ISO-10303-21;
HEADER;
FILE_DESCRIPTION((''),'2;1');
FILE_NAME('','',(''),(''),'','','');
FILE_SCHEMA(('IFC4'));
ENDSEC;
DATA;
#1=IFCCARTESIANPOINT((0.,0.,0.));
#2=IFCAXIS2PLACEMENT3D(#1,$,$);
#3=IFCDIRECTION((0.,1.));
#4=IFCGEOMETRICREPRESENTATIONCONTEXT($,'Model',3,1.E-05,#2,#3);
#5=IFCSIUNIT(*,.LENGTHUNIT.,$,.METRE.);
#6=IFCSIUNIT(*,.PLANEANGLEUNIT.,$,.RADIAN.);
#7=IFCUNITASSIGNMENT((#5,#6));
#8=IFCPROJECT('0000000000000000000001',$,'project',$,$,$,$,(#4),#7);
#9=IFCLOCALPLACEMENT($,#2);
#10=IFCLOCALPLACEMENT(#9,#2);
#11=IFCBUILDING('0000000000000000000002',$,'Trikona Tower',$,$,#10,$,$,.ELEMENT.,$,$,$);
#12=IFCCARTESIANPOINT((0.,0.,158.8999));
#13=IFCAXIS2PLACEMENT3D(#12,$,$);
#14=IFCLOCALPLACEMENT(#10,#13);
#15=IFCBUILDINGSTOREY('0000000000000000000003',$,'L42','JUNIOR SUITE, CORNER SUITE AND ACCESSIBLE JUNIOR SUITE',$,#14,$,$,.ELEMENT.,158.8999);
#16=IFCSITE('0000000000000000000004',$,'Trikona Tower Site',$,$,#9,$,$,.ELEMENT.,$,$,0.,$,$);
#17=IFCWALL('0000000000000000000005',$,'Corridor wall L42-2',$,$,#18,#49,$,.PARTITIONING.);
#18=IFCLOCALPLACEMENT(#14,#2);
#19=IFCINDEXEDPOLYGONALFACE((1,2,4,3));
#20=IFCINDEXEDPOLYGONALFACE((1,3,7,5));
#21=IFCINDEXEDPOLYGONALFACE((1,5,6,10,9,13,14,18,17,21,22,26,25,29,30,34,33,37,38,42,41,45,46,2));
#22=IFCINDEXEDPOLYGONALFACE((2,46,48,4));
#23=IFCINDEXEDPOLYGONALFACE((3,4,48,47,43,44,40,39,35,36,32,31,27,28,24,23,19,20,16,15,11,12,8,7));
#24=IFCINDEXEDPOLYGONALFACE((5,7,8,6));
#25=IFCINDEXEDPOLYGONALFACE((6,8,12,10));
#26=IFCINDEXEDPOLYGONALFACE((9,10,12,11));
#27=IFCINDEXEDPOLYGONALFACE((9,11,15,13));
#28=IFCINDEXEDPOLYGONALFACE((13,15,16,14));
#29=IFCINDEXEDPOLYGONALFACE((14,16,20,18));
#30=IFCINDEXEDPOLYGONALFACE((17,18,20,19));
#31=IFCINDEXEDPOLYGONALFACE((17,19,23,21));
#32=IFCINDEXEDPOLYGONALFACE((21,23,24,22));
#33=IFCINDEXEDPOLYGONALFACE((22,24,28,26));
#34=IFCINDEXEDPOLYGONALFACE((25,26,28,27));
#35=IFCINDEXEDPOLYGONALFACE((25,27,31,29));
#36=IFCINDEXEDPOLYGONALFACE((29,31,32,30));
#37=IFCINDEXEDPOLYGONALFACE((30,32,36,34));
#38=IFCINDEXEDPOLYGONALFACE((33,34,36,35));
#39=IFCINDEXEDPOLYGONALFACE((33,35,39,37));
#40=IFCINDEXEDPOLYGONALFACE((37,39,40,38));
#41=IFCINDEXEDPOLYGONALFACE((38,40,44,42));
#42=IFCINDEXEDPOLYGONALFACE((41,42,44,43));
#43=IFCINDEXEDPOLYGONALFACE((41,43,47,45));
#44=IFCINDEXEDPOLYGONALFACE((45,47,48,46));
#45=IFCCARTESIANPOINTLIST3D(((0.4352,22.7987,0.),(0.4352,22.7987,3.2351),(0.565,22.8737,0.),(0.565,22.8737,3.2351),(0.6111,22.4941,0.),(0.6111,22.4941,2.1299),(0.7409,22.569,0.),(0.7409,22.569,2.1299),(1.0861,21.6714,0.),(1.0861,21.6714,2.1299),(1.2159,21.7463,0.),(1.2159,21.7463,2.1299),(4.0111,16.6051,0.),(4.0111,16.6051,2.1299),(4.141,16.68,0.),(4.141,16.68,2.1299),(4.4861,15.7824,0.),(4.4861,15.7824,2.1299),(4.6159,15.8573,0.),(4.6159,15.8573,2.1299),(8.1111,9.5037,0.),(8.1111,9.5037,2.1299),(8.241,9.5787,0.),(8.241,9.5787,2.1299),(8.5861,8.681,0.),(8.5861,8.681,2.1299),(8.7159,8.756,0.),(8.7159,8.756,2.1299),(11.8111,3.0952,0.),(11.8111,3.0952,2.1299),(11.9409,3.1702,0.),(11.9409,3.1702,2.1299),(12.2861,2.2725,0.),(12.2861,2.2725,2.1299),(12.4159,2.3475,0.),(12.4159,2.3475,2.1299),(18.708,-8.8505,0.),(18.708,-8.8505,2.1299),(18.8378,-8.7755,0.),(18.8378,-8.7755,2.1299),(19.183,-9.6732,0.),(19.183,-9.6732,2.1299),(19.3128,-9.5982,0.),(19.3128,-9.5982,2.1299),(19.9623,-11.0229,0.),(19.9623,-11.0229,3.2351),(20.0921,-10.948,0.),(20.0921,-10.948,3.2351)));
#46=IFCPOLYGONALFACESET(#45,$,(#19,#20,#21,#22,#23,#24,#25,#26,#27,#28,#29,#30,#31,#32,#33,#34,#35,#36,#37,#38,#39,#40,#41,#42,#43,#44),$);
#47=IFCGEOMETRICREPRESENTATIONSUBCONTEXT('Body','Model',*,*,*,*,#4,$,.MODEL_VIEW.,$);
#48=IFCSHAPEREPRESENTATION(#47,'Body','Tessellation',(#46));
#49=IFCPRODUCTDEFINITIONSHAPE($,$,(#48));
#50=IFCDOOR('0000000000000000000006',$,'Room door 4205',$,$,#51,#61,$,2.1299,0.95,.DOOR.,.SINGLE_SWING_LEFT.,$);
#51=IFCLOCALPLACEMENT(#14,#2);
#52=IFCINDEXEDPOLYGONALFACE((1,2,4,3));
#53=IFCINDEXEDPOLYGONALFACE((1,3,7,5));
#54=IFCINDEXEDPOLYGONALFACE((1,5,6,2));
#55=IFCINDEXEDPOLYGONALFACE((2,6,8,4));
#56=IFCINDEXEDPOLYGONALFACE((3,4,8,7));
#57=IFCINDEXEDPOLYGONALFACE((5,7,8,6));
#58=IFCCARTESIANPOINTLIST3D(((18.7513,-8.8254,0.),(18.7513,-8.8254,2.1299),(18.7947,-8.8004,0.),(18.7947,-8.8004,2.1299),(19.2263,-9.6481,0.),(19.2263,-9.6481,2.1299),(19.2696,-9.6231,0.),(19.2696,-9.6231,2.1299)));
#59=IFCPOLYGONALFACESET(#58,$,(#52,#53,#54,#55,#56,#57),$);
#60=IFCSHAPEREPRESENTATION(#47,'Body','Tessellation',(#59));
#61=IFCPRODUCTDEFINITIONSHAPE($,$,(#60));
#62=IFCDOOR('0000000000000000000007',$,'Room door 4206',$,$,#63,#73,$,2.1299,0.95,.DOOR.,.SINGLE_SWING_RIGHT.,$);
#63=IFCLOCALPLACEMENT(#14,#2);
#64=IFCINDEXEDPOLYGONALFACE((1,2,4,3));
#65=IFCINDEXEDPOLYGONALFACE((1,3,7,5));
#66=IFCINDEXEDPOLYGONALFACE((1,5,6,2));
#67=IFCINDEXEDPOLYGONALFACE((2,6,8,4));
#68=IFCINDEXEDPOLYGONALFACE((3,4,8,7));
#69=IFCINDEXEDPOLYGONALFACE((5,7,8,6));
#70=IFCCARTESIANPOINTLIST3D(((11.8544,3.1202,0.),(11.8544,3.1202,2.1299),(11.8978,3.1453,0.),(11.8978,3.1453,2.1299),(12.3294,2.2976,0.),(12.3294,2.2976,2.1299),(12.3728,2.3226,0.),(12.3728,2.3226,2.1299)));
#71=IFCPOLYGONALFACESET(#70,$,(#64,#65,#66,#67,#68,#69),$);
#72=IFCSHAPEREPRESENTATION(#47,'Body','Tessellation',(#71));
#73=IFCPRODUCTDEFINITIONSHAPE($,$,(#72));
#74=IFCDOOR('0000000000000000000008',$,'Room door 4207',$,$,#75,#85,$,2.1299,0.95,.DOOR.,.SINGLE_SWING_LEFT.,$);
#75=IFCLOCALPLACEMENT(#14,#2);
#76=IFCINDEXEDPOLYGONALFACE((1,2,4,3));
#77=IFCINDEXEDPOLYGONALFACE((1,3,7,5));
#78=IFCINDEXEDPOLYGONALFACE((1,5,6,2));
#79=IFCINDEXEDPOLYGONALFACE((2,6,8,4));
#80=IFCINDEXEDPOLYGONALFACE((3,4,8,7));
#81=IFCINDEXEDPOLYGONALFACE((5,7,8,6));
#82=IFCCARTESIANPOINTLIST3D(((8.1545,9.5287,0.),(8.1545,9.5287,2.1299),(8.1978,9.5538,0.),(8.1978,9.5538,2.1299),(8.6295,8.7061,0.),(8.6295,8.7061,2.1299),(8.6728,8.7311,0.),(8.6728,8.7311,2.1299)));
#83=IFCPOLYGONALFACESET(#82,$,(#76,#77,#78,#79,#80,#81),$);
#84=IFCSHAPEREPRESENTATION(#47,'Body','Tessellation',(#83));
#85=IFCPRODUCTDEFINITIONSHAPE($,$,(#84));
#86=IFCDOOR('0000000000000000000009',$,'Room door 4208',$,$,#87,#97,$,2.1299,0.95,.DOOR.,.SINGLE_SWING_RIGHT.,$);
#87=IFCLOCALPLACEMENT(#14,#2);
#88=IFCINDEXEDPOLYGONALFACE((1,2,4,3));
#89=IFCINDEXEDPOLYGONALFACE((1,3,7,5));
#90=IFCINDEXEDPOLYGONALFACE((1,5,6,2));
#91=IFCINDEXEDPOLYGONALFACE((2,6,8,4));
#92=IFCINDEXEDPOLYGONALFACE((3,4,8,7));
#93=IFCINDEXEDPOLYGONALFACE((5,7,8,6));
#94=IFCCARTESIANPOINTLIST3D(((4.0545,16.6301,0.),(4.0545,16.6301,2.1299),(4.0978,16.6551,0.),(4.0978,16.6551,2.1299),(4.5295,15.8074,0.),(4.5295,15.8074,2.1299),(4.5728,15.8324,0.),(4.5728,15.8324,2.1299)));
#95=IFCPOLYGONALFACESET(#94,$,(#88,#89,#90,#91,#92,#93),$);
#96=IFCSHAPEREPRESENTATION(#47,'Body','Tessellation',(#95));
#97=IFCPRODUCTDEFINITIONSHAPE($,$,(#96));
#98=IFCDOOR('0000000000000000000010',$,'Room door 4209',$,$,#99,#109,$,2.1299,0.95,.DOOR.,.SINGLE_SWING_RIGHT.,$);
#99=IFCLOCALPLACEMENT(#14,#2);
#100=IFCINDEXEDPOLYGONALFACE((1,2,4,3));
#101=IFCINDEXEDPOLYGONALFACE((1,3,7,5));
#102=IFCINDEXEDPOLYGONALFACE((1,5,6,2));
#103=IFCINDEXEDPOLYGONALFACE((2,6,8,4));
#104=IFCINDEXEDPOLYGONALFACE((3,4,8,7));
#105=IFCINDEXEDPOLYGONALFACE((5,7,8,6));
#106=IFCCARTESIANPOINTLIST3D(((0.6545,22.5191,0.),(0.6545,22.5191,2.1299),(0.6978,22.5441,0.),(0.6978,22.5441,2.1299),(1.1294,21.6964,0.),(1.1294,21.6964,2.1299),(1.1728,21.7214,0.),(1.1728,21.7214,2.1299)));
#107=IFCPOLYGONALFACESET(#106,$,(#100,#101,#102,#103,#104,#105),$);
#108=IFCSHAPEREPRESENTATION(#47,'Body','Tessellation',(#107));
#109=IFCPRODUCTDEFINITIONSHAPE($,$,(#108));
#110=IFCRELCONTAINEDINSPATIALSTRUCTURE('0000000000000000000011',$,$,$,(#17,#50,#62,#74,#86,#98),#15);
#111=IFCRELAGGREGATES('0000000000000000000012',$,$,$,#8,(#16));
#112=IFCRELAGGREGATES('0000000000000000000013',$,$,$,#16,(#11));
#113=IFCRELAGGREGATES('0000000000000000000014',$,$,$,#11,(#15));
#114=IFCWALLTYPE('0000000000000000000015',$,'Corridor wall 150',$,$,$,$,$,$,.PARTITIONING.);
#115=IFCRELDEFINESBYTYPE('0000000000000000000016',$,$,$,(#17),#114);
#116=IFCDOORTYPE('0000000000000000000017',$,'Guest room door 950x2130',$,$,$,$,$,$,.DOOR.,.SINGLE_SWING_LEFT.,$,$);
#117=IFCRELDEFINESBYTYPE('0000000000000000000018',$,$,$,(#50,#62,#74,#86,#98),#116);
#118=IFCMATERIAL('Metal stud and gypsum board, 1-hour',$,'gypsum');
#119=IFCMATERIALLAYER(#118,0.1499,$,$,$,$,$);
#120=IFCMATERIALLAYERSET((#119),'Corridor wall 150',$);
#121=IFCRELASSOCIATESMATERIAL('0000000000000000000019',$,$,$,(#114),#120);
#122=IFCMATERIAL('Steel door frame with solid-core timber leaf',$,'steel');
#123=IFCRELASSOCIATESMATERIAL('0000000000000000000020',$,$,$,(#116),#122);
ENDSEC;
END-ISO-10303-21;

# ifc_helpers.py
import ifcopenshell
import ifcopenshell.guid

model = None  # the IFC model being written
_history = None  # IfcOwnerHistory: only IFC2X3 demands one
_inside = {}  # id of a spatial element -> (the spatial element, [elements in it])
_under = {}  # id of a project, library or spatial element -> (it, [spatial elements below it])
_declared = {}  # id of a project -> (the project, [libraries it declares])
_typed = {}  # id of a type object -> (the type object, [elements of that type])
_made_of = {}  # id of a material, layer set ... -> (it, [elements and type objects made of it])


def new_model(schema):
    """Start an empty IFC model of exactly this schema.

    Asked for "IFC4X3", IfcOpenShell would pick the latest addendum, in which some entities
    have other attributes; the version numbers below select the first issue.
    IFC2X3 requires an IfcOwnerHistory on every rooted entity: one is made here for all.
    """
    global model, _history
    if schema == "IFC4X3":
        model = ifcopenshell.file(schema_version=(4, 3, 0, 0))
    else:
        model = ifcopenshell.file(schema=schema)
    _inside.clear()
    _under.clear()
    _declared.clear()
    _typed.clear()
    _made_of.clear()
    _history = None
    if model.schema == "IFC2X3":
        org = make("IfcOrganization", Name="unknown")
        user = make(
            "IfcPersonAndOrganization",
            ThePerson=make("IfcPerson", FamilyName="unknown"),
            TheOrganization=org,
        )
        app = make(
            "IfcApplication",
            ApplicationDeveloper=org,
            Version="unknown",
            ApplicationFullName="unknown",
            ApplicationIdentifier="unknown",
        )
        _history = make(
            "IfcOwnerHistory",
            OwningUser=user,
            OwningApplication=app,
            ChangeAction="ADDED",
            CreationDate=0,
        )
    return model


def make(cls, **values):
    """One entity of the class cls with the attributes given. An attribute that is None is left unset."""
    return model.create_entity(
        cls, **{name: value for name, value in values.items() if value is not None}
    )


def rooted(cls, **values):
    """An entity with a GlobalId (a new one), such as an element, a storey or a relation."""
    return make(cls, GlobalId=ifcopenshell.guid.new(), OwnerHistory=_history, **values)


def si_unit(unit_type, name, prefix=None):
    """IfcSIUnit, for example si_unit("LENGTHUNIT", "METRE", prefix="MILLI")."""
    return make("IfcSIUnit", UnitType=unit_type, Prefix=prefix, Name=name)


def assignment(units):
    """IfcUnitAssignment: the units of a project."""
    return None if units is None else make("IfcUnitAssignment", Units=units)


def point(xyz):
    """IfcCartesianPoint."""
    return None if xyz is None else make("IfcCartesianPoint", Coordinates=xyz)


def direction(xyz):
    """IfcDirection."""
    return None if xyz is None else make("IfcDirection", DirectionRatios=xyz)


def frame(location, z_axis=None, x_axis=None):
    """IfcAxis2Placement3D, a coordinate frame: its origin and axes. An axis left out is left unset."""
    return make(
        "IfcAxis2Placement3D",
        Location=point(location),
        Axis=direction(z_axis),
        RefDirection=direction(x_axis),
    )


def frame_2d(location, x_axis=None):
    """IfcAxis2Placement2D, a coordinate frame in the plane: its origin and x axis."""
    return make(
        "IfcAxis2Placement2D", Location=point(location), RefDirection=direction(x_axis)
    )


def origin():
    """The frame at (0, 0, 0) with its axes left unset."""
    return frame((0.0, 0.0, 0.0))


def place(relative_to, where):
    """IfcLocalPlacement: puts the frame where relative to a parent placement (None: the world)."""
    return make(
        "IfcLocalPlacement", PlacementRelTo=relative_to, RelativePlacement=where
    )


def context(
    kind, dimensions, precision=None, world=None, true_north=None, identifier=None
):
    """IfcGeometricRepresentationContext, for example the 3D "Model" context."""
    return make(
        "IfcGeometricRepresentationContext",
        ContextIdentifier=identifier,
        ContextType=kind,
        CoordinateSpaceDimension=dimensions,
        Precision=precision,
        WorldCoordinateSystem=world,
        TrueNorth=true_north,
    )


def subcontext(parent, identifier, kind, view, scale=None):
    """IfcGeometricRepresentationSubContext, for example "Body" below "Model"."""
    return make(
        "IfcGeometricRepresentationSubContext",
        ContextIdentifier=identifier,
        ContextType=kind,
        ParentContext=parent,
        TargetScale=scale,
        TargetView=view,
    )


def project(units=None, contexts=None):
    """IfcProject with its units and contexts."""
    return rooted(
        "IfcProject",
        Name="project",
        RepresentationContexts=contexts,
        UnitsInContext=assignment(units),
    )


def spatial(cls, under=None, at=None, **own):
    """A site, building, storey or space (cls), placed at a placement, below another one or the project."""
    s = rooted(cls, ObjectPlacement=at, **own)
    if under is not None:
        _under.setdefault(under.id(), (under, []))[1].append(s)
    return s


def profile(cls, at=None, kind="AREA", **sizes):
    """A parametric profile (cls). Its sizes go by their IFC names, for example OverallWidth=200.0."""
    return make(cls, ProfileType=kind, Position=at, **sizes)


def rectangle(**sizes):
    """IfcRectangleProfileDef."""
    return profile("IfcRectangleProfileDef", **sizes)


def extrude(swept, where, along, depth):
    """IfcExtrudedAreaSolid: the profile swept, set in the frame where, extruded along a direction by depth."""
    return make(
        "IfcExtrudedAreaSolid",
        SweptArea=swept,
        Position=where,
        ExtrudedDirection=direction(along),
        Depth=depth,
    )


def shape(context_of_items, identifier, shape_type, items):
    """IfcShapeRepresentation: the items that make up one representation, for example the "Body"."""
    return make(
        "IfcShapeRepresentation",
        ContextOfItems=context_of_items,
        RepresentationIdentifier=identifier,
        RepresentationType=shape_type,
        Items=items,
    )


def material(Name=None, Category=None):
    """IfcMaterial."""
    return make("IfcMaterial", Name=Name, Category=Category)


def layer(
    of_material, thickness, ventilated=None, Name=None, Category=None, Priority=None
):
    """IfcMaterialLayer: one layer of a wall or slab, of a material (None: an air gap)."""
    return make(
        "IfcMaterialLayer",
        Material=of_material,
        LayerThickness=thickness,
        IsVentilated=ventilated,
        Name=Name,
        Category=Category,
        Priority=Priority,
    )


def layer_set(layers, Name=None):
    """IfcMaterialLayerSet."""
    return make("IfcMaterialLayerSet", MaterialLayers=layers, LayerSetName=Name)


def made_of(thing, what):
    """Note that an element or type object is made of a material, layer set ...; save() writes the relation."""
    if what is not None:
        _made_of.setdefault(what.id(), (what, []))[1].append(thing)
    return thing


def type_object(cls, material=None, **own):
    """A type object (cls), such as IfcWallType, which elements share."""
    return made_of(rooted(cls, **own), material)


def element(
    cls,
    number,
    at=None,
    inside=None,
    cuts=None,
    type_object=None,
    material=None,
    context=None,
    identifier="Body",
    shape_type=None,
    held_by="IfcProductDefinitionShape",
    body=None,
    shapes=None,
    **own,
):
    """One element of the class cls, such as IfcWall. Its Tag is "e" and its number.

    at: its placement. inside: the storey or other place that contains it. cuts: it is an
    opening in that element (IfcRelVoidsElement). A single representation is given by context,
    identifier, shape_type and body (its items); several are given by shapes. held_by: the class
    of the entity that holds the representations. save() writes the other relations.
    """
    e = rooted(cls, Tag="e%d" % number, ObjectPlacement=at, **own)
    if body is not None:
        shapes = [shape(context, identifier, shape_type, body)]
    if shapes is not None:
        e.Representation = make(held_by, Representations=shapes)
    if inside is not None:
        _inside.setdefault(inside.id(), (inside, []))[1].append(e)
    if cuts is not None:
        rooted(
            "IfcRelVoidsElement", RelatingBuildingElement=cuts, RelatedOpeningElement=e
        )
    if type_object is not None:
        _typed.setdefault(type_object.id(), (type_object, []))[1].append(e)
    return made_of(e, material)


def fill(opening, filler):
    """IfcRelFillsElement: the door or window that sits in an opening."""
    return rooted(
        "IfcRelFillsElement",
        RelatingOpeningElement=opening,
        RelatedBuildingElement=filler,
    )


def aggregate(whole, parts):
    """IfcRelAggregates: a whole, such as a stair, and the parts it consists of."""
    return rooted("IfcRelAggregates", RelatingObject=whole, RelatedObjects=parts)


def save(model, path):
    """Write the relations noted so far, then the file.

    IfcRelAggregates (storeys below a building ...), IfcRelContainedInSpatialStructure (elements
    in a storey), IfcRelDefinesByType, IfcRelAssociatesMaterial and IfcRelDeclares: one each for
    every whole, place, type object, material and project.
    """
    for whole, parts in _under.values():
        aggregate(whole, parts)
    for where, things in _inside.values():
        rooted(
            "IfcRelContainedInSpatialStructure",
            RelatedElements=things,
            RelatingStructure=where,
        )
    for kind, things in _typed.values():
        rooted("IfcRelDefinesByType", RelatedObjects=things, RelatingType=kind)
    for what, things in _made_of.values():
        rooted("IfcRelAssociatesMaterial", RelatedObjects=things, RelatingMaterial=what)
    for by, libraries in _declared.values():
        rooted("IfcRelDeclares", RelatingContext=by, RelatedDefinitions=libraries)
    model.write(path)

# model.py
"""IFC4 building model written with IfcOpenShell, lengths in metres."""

from ifc_helpers import new_model, si_unit, direction, frame, frame_2d, origin, place, context, subcontext, project, spatial, rectangle, extrude, material, layer, layer_set, type_object, element, fill, save


model = new_model("IFC4")

# Units and contexts
model_context = context("Model", 3, precision=1e-05, world=origin(), true_north=direction((0.0, 1.0)))
body_context = subcontext(model_context, "Body", "Model", "MODEL_VIEW")
ifc_project = project(units=[si_unit("LENGTHUNIT", "METRE"), si_unit("PLANEANGLEUNIT", "RADIAN")], contexts=[model_context])

# Site, building, storey
site_placement = place(None, origin())
site = spatial("IfcSite", under=ifc_project, at=site_placement, Name="Trikona Tower Site", CompositionType="ELEMENT", RefElevation=0.0)
building_placement = place(site_placement, origin())
building = spatial("IfcBuilding", under=site, at=building_placement, Name="Trikona Tower", CompositionType="ELEMENT")
storey_placement = place(building_placement, frame((0.0, 0.0, 158.8999)))
storey = spatial("IfcBuildingStorey", under=building, at=storey_placement, Name="L42", Description="JUNIOR SUITE, CORNER SUITE AND ACCESSIBLE JUNIOR SUITE", CompositionType="ELEMENT", Elevation=158.8999)

# Wall, openings, doors
ifc_material_1 = material(Name="Metal stud and gypsum board, 1-hour", Category="gypsum")
ifc_layer_1 = layer(ifc_material_1, 0.1499)
ifc_layer_set_1 = layer_set([ifc_layer_1], Name="Corridor wall 150")
wall_type_1 = type_object("IfcWallType", Name="Corridor wall 150", PredefinedType="PARTITIONING", material=ifc_layer_set_1)
wall_1_placement = place(storey_placement, frame((20.0271, -10.9854, 0.0), z_axis=(0.0, 0.0, 1.0), x_axis=(-0.500002, 0.866024, 0.0)))
wall_1 = element("IfcWall", 1, at=wall_1_placement, inside=storey, type_object=wall_type_1, Name="Corridor wall L42-2", PredefinedType="PARTITIONING", context=body_context, shape_type="SweptSolid", body=[
    extrude(rectangle(XDim=39.054, YDim=0.1499, at=frame_2d((19.5269, 0.0))), origin(), (0.0, 0.0, 1.0), 3.2351),
])
opening_1_placement = place(wall_1_placement, frame((1.5583, 0.0, 0.0)))
opening_1 = element("IfcOpeningElement", 2, at=opening_1_placement, cuts=wall_1, PredefinedType="OPENING", context=body_context, shape_type="SweptSolid", body=[
    extrude(rectangle(XDim=0.95, YDim=2.1299, at=frame_2d((0.4751, 1.0649))), frame((0.0, 0.085, 0.0), z_axis=(0.0, -1.0, 0.0), x_axis=(1.0, 0.0, 0.0)), (0.0, 0.0, 1.0), 0.1699),
])
opening_2_placement = place(wall_1_placement, frame((15.3521, 0.0, 0.0)))
opening_2 = element("IfcOpeningElement", 3, at=opening_2_placement, cuts=wall_1, PredefinedType="OPENING", context=body_context, shape_type="SweptSolid", body=[
    extrude(rectangle(XDim=0.95, YDim=2.1299, at=frame_2d((0.4751, 1.0649))), frame((0.0, 0.085, 0.0), z_axis=(0.0, -1.0, 0.0), x_axis=(1.0, 0.0, 0.0)), (0.0, 0.0, 1.0), 0.1699),
])
opening_3_placement = place(wall_1_placement, frame((22.752, 0.0, 0.0)))
opening_3 = element("IfcOpeningElement", 4, at=opening_3_placement, cuts=wall_1, PredefinedType="OPENING", context=body_context, shape_type="SweptSolid", body=[
    extrude(rectangle(XDim=0.95, YDim=2.1299, at=frame_2d((0.4751, 1.0649))), frame((0.0, 0.085, 0.0), z_axis=(0.0, -1.0, 0.0), x_axis=(1.0, 0.0, 0.0)), (0.0, 0.0, 1.0), 0.1699),
])
opening_4_placement = place(wall_1_placement, frame((30.9519, 0.0, 0.0)))
opening_4 = element("IfcOpeningElement", 5, at=opening_4_placement, cuts=wall_1, PredefinedType="OPENING", context=body_context, shape_type="SweptSolid", body=[
    extrude(rectangle(XDim=0.95, YDim=2.1299, at=frame_2d((0.4751, 1.0649))), frame((0.0, 0.085, 0.0), z_axis=(0.0, -1.0, 0.0), x_axis=(1.0, 0.0, 0.0)), (0.0, 0.0, 1.0), 0.1699),
])
opening_5_placement = place(wall_1_placement, frame((37.752, 0.0, 0.0)))
opening_5 = element("IfcOpeningElement", 6, at=opening_5_placement, cuts=wall_1, PredefinedType="OPENING", context=body_context, shape_type="SweptSolid", body=[
    extrude(rectangle(XDim=0.95, YDim=2.1299, at=frame_2d((0.4751, 1.0649))), frame((0.0, 0.085, 0.0), z_axis=(0.0, -1.0, 0.0), x_axis=(1.0, 0.0, 0.0)), (0.0, 0.0, 1.0), 0.1699),
])
ifc_material_2 = material(Name="Steel door frame with solid-core timber leaf", Category="steel")
door_type = type_object("IfcDoorType", Name="Guest room door 950x2130", OperationType="SINGLE_SWING_LEFT", PredefinedType="DOOR", material=ifc_material_2)
door_1_placement = place(opening_1_placement, origin())
door_1 = element("IfcDoor", 7, at=door_1_placement, inside=storey, type_object=door_type, Name="Room door 4205", OperationType="SINGLE_SWING_LEFT", OverallHeight=2.1299, OverallWidth=0.95, PredefinedType="DOOR", context=body_context, shape_type="SweptSolid", body=[
    extrude(rectangle(XDim=0.95, YDim=2.1299, at=frame_2d((0.4751, 1.0649))), frame((0.0, 0.0249, 0.0), z_axis=(0.0, -1.0, 0.0), x_axis=(1.0, 0.0, 0.0)), (0.0, 0.0, 1.0), 0.05),
])
fill(opening_1, door_1)
door_2_placement = place(opening_2_placement, origin())
door_2 = element("IfcDoor", 8, at=door_2_placement, inside=storey, type_object=door_type, Name="Room door 4206", OperationType="SINGLE_SWING_RIGHT", OverallHeight=2.1299, OverallWidth=0.95, PredefinedType="DOOR", context=body_context, shape_type="SweptSolid", body=[
    extrude(rectangle(XDim=0.95, YDim=2.1299, at=frame_2d((0.4751, 1.0649))), frame((0.0, 0.0249, 0.0), z_axis=(0.0, -1.0, 0.0), x_axis=(1.0, 0.0, 0.0)), (0.0, 0.0, 1.0), 0.05),
])
fill(opening_2, door_2)
door_3_placement = place(opening_3_placement, origin())
door_3 = element("IfcDoor", 9, at=door_3_placement, inside=storey, type_object=door_type, Name="Room door 4207", OperationType="SINGLE_SWING_LEFT", OverallHeight=2.1299, OverallWidth=0.95, PredefinedType="DOOR", context=body_context, shape_type="SweptSolid", body=[
    extrude(rectangle(XDim=0.95, YDim=2.1299, at=frame_2d((0.4751, 1.0649))), frame((0.0, 0.0249, 0.0), z_axis=(0.0, -1.0, 0.0), x_axis=(1.0, 0.0, 0.0)), (0.0, 0.0, 1.0), 0.05),
])
fill(opening_3, door_3)
door_4_placement = place(opening_4_placement, origin())
door_4 = element("IfcDoor", 10, at=door_4_placement, inside=storey, type_object=door_type, Name="Room door 4208", OperationType="SINGLE_SWING_RIGHT", OverallHeight=2.1299, OverallWidth=0.95, PredefinedType="DOOR", context=body_context, shape_type="SweptSolid", body=[
    extrude(rectangle(XDim=0.95, YDim=2.1299, at=frame_2d((0.4751, 1.0649))), frame((0.0, 0.0249, 0.0), z_axis=(0.0, -1.0, 0.0), x_axis=(1.0, 0.0, 0.0)), (0.0, 0.0, 1.0), 0.05),
])
fill(opening_4, door_4)
door_5_placement = place(opening_5_placement, origin())
door_5 = element("IfcDoor", 11, at=door_5_placement, inside=storey, type_object=door_type, Name="Room door 4209", OperationType="SINGLE_SWING_RIGHT", OverallHeight=2.1299, OverallWidth=0.95, PredefinedType="DOOR", context=body_context, shape_type="SweptSolid", body=[
    extrude(rectangle(XDim=0.95, YDim=2.1299, at=frame_2d((0.4751, 1.0649))), frame((0.0, 0.0249, 0.0), z_axis=(0.0, -1.0, 0.0), x_axis=(1.0, 0.0, 0.0)), (0.0, 0.0, 1.0), 0.05),
])
fill(opening_5, door_5)

save(model, "model.ifc")
